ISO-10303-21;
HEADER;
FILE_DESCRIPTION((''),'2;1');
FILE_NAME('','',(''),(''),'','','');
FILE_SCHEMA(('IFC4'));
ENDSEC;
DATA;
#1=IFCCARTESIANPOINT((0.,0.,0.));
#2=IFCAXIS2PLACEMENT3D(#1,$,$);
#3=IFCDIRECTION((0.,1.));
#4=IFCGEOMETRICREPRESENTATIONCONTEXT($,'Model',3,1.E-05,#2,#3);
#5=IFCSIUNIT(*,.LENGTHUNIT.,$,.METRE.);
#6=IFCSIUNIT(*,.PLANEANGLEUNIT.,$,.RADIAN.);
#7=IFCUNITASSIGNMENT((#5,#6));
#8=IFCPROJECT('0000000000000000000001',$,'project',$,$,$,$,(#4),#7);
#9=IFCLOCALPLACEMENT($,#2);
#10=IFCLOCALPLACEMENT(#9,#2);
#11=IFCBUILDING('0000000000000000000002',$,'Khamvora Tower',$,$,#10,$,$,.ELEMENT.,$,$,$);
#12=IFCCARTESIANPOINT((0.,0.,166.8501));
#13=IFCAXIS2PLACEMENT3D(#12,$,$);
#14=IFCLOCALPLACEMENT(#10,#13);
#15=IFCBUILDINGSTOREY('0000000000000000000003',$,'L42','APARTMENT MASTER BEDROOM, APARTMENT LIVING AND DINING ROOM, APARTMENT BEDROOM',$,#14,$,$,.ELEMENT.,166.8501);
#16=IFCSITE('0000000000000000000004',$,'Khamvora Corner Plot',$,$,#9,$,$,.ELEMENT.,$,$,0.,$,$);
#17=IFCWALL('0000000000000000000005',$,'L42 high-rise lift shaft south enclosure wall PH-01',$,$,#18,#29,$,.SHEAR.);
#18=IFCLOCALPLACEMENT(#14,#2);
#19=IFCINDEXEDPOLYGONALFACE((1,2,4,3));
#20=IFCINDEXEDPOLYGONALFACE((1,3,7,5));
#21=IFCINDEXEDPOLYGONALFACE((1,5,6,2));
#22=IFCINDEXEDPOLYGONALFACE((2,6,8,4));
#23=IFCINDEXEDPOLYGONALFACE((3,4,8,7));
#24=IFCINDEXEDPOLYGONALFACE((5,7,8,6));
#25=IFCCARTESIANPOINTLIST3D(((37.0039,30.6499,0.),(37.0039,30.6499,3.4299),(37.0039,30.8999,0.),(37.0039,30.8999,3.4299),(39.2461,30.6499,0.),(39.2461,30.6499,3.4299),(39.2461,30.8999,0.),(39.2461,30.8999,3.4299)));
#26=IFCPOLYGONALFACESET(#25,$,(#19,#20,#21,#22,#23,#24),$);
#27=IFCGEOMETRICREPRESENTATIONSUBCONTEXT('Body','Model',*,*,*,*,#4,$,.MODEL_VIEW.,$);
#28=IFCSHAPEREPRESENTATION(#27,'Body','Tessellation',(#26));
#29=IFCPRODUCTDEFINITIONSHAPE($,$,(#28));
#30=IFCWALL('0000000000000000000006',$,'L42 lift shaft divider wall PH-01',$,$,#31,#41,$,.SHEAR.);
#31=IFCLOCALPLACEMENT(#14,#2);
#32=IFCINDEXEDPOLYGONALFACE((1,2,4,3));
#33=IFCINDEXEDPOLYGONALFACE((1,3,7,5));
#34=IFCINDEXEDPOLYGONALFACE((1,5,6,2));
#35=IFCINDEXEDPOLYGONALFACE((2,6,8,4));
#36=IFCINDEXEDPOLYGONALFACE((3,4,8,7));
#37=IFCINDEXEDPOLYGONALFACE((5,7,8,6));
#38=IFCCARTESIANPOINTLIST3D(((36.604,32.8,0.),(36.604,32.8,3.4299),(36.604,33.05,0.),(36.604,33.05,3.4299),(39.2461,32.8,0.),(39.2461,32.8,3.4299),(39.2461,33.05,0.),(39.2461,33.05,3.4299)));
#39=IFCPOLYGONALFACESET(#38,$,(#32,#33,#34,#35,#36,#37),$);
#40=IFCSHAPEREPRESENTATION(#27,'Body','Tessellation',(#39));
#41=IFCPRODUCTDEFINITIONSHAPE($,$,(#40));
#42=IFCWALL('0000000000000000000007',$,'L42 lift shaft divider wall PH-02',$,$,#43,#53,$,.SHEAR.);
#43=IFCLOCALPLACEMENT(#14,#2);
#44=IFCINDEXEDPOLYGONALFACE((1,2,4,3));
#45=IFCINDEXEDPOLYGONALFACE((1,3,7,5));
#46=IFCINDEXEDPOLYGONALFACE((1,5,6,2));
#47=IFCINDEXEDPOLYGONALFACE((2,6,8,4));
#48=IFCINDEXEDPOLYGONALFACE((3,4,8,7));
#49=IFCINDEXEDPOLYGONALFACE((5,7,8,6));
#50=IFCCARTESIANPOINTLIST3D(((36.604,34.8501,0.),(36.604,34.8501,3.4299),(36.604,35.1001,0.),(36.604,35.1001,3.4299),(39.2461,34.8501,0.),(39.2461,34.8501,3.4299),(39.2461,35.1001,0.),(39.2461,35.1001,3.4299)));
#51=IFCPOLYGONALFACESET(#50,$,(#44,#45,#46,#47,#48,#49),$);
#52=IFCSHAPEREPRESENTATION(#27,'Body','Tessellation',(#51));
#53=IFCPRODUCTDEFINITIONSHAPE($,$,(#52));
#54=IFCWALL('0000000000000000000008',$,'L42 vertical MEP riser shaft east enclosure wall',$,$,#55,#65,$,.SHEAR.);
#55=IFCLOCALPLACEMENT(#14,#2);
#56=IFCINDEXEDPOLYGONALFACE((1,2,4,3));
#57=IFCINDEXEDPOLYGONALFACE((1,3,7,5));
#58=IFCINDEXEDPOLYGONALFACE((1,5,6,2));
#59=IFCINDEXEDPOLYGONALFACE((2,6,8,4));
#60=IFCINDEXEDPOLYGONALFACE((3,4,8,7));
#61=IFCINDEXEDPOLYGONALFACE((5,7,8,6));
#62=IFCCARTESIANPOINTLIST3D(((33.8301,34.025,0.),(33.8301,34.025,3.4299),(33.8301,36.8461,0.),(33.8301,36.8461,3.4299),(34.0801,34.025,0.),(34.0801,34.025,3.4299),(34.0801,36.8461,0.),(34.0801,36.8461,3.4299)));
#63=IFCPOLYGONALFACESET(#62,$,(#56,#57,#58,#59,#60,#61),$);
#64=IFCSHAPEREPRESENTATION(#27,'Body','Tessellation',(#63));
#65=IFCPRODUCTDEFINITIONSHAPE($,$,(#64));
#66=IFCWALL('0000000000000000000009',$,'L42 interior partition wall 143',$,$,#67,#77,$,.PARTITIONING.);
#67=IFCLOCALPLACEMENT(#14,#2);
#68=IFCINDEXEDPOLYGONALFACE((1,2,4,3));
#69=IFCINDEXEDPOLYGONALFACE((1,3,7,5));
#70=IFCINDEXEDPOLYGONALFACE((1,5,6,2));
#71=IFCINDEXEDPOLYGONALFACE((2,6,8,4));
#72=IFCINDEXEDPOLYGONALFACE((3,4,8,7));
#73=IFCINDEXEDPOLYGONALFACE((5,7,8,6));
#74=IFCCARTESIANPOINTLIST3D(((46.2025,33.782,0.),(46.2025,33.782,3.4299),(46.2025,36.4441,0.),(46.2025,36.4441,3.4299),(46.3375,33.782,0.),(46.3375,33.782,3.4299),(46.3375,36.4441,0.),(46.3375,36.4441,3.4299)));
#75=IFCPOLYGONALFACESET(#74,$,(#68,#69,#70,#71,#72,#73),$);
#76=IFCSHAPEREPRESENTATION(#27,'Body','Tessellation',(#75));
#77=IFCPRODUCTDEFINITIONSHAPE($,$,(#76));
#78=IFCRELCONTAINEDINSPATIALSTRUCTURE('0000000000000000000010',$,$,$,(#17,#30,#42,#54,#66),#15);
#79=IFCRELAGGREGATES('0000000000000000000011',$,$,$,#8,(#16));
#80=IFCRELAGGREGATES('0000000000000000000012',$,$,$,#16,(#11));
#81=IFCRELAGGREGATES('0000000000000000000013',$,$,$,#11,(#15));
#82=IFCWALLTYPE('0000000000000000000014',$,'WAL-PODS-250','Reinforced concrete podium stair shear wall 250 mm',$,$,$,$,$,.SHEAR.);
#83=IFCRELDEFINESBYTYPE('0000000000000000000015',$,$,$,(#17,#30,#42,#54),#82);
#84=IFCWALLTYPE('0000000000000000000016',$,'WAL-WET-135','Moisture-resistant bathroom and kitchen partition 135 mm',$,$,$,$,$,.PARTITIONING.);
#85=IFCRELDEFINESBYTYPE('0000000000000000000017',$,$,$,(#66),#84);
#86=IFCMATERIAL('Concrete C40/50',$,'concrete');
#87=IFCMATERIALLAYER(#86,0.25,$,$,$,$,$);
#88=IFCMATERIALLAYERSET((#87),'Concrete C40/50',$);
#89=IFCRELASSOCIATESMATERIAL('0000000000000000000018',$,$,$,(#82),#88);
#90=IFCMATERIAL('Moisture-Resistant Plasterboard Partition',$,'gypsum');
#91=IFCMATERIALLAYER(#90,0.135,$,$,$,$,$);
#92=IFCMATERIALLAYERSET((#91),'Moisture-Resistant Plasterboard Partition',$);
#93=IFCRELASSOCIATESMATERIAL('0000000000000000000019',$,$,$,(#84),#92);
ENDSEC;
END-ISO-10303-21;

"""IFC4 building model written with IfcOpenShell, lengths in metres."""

from ifc_helpers import new_model, si_unit, direction, frame, frame_2d, origin, place, context, subcontext, project, spatial, rectangle, extrude, material, layer, layer_set, type_object, element, save


model = new_model("IFC4")

# Units and contexts
model_context = context("Model", 3, precision=1e-05, world=origin(), true_north=direction((0.0, 1.0)))
body_context = subcontext(model_context, "Body", "Model", "MODEL_VIEW")
ifc_project = project(units=[si_unit("LENGTHUNIT", "METRE"), si_unit("PLANEANGLEUNIT", "RADIAN")], contexts=[model_context])

# Site, building, storey
site_placement = place(None, origin())
site = spatial("IfcSite", under=ifc_project, at=site_placement, Name="Khamvora Corner Plot", CompositionType="ELEMENT", RefElevation=0.0)
building_placement = place(site_placement, origin())
building = spatial("IfcBuilding", under=site, at=building_placement, Name="Khamvora Tower", CompositionType="ELEMENT")
storey_placement = place(building_placement, frame((0.0, 0.0, 166.8501)))
storey = spatial("IfcBuildingStorey", under=building, at=storey_placement, Name="L42", Description="APARTMENT MASTER BEDROOM, APARTMENT LIVING AND DINING ROOM, APARTMENT BEDROOM", CompositionType="ELEMENT", Elevation=166.8501)

# Walls
ifc_material_1 = material(Name="Concrete C40/50", Category="concrete")
ifc_layer_1 = layer(ifc_material_1, 0.25)
ifc_layer_set_1 = layer_set([ifc_layer_1], Name="Concrete C40/50")
wall_type_1 = type_object("IfcWallType", Name="WAL-PODS-250", Description="Reinforced concrete podium stair shear wall 250 mm", PredefinedType="SHEAR", material=ifc_layer_set_1)
wall_1_placement = place(storey_placement, frame((37.0039, 30.7749, 0.0), z_axis=(0.0, 0.0, 1.0), x_axis=(1.0, 0.0, 0.0)))
element("IfcWall", 1, at=wall_1_placement, inside=storey, type_object=wall_type_1, Name="L42 high-rise lift shaft south enclosure wall PH-01", PredefinedType="SHEAR", context=body_context, shape_type="SweptSolid", body=[
    extrude(rectangle(XDim=2.2422, YDim=0.25, at=frame_2d((1.1211, 0.0))), origin(), (0.0, 0.0, 1.0), 3.4299),
])
for number, where, z_axis, x_axis, name in (
    (2, (36.604, 32.925, 0.0), (0.0, 0.0, 1.0), (1.0, 0.0, 0.0), "L42 lift shaft divider wall PH-01"),
    (3, (36.604, 34.9751, 0.0), (0.0, 0.0, 1.0), (1.0, 0.0, 0.0), "L42 lift shaft divider wall PH-02"),
):
    element("IfcWall", number, at=place(storey_placement, frame(where, z_axis=z_axis, x_axis=x_axis)), inside=storey, type_object=wall_type_1, Name=name, PredefinedType="SHEAR", context=body_context, shape_type="SweptSolid", body=[
        extrude(rectangle(XDim=2.6421, YDim=0.25, at=frame_2d((1.321, 0.0))), origin(), (0.0, 0.0, 1.0), 3.4299),
    ])
wall_2_placement = place(storey_placement, frame((33.9551, 34.0249, 0.0), z_axis=(0.0, 0.0, 1.0), x_axis=(0.0, 1.0, 0.0)))
element("IfcWall", 4, at=wall_2_placement, inside=storey, type_object=wall_type_1, Name="L42 vertical MEP riser shaft east enclosure wall", PredefinedType="SHEAR", context=body_context, shape_type="SweptSolid", body=[
    extrude(rectangle(XDim=2.821, YDim=0.25, at=frame_2d((1.4106, 0.0))), origin(), (0.0, 0.0, 1.0), 3.4299),
])
ifc_material_2 = material(Name="Moisture-Resistant Plasterboard Partition", Category="gypsum")
ifc_layer_2 = layer(ifc_material_2, 0.135)
ifc_layer_set_2 = layer_set([ifc_layer_2], Name="Moisture-Resistant Plasterboard Partition")
wall_type_2 = type_object("IfcWallType", Name="WAL-WET-135", Description="Moisture-resistant bathroom and kitchen partition 135 mm", PredefinedType="PARTITIONING", material=ifc_layer_set_2)
wall_3_placement = place(storey_placement, frame((46.27, 36.4441, 0.0), z_axis=(0.0, 0.0, 1.0), x_axis=(0.0, -1.0, 0.0)))
element("IfcWall", 5, at=wall_3_placement, inside=storey, type_object=wall_type_2, Name="L42 interior partition wall 143", PredefinedType="PARTITIONING", context=body_context, shape_type="SweptSolid", body=[
    extrude(rectangle(XDim=2.6621, YDim=0.135, at=frame_2d((1.3311, 0.0))), origin(), (0.0, 0.0, 1.0), 3.4299),
])

save(model, "model.ifc")
